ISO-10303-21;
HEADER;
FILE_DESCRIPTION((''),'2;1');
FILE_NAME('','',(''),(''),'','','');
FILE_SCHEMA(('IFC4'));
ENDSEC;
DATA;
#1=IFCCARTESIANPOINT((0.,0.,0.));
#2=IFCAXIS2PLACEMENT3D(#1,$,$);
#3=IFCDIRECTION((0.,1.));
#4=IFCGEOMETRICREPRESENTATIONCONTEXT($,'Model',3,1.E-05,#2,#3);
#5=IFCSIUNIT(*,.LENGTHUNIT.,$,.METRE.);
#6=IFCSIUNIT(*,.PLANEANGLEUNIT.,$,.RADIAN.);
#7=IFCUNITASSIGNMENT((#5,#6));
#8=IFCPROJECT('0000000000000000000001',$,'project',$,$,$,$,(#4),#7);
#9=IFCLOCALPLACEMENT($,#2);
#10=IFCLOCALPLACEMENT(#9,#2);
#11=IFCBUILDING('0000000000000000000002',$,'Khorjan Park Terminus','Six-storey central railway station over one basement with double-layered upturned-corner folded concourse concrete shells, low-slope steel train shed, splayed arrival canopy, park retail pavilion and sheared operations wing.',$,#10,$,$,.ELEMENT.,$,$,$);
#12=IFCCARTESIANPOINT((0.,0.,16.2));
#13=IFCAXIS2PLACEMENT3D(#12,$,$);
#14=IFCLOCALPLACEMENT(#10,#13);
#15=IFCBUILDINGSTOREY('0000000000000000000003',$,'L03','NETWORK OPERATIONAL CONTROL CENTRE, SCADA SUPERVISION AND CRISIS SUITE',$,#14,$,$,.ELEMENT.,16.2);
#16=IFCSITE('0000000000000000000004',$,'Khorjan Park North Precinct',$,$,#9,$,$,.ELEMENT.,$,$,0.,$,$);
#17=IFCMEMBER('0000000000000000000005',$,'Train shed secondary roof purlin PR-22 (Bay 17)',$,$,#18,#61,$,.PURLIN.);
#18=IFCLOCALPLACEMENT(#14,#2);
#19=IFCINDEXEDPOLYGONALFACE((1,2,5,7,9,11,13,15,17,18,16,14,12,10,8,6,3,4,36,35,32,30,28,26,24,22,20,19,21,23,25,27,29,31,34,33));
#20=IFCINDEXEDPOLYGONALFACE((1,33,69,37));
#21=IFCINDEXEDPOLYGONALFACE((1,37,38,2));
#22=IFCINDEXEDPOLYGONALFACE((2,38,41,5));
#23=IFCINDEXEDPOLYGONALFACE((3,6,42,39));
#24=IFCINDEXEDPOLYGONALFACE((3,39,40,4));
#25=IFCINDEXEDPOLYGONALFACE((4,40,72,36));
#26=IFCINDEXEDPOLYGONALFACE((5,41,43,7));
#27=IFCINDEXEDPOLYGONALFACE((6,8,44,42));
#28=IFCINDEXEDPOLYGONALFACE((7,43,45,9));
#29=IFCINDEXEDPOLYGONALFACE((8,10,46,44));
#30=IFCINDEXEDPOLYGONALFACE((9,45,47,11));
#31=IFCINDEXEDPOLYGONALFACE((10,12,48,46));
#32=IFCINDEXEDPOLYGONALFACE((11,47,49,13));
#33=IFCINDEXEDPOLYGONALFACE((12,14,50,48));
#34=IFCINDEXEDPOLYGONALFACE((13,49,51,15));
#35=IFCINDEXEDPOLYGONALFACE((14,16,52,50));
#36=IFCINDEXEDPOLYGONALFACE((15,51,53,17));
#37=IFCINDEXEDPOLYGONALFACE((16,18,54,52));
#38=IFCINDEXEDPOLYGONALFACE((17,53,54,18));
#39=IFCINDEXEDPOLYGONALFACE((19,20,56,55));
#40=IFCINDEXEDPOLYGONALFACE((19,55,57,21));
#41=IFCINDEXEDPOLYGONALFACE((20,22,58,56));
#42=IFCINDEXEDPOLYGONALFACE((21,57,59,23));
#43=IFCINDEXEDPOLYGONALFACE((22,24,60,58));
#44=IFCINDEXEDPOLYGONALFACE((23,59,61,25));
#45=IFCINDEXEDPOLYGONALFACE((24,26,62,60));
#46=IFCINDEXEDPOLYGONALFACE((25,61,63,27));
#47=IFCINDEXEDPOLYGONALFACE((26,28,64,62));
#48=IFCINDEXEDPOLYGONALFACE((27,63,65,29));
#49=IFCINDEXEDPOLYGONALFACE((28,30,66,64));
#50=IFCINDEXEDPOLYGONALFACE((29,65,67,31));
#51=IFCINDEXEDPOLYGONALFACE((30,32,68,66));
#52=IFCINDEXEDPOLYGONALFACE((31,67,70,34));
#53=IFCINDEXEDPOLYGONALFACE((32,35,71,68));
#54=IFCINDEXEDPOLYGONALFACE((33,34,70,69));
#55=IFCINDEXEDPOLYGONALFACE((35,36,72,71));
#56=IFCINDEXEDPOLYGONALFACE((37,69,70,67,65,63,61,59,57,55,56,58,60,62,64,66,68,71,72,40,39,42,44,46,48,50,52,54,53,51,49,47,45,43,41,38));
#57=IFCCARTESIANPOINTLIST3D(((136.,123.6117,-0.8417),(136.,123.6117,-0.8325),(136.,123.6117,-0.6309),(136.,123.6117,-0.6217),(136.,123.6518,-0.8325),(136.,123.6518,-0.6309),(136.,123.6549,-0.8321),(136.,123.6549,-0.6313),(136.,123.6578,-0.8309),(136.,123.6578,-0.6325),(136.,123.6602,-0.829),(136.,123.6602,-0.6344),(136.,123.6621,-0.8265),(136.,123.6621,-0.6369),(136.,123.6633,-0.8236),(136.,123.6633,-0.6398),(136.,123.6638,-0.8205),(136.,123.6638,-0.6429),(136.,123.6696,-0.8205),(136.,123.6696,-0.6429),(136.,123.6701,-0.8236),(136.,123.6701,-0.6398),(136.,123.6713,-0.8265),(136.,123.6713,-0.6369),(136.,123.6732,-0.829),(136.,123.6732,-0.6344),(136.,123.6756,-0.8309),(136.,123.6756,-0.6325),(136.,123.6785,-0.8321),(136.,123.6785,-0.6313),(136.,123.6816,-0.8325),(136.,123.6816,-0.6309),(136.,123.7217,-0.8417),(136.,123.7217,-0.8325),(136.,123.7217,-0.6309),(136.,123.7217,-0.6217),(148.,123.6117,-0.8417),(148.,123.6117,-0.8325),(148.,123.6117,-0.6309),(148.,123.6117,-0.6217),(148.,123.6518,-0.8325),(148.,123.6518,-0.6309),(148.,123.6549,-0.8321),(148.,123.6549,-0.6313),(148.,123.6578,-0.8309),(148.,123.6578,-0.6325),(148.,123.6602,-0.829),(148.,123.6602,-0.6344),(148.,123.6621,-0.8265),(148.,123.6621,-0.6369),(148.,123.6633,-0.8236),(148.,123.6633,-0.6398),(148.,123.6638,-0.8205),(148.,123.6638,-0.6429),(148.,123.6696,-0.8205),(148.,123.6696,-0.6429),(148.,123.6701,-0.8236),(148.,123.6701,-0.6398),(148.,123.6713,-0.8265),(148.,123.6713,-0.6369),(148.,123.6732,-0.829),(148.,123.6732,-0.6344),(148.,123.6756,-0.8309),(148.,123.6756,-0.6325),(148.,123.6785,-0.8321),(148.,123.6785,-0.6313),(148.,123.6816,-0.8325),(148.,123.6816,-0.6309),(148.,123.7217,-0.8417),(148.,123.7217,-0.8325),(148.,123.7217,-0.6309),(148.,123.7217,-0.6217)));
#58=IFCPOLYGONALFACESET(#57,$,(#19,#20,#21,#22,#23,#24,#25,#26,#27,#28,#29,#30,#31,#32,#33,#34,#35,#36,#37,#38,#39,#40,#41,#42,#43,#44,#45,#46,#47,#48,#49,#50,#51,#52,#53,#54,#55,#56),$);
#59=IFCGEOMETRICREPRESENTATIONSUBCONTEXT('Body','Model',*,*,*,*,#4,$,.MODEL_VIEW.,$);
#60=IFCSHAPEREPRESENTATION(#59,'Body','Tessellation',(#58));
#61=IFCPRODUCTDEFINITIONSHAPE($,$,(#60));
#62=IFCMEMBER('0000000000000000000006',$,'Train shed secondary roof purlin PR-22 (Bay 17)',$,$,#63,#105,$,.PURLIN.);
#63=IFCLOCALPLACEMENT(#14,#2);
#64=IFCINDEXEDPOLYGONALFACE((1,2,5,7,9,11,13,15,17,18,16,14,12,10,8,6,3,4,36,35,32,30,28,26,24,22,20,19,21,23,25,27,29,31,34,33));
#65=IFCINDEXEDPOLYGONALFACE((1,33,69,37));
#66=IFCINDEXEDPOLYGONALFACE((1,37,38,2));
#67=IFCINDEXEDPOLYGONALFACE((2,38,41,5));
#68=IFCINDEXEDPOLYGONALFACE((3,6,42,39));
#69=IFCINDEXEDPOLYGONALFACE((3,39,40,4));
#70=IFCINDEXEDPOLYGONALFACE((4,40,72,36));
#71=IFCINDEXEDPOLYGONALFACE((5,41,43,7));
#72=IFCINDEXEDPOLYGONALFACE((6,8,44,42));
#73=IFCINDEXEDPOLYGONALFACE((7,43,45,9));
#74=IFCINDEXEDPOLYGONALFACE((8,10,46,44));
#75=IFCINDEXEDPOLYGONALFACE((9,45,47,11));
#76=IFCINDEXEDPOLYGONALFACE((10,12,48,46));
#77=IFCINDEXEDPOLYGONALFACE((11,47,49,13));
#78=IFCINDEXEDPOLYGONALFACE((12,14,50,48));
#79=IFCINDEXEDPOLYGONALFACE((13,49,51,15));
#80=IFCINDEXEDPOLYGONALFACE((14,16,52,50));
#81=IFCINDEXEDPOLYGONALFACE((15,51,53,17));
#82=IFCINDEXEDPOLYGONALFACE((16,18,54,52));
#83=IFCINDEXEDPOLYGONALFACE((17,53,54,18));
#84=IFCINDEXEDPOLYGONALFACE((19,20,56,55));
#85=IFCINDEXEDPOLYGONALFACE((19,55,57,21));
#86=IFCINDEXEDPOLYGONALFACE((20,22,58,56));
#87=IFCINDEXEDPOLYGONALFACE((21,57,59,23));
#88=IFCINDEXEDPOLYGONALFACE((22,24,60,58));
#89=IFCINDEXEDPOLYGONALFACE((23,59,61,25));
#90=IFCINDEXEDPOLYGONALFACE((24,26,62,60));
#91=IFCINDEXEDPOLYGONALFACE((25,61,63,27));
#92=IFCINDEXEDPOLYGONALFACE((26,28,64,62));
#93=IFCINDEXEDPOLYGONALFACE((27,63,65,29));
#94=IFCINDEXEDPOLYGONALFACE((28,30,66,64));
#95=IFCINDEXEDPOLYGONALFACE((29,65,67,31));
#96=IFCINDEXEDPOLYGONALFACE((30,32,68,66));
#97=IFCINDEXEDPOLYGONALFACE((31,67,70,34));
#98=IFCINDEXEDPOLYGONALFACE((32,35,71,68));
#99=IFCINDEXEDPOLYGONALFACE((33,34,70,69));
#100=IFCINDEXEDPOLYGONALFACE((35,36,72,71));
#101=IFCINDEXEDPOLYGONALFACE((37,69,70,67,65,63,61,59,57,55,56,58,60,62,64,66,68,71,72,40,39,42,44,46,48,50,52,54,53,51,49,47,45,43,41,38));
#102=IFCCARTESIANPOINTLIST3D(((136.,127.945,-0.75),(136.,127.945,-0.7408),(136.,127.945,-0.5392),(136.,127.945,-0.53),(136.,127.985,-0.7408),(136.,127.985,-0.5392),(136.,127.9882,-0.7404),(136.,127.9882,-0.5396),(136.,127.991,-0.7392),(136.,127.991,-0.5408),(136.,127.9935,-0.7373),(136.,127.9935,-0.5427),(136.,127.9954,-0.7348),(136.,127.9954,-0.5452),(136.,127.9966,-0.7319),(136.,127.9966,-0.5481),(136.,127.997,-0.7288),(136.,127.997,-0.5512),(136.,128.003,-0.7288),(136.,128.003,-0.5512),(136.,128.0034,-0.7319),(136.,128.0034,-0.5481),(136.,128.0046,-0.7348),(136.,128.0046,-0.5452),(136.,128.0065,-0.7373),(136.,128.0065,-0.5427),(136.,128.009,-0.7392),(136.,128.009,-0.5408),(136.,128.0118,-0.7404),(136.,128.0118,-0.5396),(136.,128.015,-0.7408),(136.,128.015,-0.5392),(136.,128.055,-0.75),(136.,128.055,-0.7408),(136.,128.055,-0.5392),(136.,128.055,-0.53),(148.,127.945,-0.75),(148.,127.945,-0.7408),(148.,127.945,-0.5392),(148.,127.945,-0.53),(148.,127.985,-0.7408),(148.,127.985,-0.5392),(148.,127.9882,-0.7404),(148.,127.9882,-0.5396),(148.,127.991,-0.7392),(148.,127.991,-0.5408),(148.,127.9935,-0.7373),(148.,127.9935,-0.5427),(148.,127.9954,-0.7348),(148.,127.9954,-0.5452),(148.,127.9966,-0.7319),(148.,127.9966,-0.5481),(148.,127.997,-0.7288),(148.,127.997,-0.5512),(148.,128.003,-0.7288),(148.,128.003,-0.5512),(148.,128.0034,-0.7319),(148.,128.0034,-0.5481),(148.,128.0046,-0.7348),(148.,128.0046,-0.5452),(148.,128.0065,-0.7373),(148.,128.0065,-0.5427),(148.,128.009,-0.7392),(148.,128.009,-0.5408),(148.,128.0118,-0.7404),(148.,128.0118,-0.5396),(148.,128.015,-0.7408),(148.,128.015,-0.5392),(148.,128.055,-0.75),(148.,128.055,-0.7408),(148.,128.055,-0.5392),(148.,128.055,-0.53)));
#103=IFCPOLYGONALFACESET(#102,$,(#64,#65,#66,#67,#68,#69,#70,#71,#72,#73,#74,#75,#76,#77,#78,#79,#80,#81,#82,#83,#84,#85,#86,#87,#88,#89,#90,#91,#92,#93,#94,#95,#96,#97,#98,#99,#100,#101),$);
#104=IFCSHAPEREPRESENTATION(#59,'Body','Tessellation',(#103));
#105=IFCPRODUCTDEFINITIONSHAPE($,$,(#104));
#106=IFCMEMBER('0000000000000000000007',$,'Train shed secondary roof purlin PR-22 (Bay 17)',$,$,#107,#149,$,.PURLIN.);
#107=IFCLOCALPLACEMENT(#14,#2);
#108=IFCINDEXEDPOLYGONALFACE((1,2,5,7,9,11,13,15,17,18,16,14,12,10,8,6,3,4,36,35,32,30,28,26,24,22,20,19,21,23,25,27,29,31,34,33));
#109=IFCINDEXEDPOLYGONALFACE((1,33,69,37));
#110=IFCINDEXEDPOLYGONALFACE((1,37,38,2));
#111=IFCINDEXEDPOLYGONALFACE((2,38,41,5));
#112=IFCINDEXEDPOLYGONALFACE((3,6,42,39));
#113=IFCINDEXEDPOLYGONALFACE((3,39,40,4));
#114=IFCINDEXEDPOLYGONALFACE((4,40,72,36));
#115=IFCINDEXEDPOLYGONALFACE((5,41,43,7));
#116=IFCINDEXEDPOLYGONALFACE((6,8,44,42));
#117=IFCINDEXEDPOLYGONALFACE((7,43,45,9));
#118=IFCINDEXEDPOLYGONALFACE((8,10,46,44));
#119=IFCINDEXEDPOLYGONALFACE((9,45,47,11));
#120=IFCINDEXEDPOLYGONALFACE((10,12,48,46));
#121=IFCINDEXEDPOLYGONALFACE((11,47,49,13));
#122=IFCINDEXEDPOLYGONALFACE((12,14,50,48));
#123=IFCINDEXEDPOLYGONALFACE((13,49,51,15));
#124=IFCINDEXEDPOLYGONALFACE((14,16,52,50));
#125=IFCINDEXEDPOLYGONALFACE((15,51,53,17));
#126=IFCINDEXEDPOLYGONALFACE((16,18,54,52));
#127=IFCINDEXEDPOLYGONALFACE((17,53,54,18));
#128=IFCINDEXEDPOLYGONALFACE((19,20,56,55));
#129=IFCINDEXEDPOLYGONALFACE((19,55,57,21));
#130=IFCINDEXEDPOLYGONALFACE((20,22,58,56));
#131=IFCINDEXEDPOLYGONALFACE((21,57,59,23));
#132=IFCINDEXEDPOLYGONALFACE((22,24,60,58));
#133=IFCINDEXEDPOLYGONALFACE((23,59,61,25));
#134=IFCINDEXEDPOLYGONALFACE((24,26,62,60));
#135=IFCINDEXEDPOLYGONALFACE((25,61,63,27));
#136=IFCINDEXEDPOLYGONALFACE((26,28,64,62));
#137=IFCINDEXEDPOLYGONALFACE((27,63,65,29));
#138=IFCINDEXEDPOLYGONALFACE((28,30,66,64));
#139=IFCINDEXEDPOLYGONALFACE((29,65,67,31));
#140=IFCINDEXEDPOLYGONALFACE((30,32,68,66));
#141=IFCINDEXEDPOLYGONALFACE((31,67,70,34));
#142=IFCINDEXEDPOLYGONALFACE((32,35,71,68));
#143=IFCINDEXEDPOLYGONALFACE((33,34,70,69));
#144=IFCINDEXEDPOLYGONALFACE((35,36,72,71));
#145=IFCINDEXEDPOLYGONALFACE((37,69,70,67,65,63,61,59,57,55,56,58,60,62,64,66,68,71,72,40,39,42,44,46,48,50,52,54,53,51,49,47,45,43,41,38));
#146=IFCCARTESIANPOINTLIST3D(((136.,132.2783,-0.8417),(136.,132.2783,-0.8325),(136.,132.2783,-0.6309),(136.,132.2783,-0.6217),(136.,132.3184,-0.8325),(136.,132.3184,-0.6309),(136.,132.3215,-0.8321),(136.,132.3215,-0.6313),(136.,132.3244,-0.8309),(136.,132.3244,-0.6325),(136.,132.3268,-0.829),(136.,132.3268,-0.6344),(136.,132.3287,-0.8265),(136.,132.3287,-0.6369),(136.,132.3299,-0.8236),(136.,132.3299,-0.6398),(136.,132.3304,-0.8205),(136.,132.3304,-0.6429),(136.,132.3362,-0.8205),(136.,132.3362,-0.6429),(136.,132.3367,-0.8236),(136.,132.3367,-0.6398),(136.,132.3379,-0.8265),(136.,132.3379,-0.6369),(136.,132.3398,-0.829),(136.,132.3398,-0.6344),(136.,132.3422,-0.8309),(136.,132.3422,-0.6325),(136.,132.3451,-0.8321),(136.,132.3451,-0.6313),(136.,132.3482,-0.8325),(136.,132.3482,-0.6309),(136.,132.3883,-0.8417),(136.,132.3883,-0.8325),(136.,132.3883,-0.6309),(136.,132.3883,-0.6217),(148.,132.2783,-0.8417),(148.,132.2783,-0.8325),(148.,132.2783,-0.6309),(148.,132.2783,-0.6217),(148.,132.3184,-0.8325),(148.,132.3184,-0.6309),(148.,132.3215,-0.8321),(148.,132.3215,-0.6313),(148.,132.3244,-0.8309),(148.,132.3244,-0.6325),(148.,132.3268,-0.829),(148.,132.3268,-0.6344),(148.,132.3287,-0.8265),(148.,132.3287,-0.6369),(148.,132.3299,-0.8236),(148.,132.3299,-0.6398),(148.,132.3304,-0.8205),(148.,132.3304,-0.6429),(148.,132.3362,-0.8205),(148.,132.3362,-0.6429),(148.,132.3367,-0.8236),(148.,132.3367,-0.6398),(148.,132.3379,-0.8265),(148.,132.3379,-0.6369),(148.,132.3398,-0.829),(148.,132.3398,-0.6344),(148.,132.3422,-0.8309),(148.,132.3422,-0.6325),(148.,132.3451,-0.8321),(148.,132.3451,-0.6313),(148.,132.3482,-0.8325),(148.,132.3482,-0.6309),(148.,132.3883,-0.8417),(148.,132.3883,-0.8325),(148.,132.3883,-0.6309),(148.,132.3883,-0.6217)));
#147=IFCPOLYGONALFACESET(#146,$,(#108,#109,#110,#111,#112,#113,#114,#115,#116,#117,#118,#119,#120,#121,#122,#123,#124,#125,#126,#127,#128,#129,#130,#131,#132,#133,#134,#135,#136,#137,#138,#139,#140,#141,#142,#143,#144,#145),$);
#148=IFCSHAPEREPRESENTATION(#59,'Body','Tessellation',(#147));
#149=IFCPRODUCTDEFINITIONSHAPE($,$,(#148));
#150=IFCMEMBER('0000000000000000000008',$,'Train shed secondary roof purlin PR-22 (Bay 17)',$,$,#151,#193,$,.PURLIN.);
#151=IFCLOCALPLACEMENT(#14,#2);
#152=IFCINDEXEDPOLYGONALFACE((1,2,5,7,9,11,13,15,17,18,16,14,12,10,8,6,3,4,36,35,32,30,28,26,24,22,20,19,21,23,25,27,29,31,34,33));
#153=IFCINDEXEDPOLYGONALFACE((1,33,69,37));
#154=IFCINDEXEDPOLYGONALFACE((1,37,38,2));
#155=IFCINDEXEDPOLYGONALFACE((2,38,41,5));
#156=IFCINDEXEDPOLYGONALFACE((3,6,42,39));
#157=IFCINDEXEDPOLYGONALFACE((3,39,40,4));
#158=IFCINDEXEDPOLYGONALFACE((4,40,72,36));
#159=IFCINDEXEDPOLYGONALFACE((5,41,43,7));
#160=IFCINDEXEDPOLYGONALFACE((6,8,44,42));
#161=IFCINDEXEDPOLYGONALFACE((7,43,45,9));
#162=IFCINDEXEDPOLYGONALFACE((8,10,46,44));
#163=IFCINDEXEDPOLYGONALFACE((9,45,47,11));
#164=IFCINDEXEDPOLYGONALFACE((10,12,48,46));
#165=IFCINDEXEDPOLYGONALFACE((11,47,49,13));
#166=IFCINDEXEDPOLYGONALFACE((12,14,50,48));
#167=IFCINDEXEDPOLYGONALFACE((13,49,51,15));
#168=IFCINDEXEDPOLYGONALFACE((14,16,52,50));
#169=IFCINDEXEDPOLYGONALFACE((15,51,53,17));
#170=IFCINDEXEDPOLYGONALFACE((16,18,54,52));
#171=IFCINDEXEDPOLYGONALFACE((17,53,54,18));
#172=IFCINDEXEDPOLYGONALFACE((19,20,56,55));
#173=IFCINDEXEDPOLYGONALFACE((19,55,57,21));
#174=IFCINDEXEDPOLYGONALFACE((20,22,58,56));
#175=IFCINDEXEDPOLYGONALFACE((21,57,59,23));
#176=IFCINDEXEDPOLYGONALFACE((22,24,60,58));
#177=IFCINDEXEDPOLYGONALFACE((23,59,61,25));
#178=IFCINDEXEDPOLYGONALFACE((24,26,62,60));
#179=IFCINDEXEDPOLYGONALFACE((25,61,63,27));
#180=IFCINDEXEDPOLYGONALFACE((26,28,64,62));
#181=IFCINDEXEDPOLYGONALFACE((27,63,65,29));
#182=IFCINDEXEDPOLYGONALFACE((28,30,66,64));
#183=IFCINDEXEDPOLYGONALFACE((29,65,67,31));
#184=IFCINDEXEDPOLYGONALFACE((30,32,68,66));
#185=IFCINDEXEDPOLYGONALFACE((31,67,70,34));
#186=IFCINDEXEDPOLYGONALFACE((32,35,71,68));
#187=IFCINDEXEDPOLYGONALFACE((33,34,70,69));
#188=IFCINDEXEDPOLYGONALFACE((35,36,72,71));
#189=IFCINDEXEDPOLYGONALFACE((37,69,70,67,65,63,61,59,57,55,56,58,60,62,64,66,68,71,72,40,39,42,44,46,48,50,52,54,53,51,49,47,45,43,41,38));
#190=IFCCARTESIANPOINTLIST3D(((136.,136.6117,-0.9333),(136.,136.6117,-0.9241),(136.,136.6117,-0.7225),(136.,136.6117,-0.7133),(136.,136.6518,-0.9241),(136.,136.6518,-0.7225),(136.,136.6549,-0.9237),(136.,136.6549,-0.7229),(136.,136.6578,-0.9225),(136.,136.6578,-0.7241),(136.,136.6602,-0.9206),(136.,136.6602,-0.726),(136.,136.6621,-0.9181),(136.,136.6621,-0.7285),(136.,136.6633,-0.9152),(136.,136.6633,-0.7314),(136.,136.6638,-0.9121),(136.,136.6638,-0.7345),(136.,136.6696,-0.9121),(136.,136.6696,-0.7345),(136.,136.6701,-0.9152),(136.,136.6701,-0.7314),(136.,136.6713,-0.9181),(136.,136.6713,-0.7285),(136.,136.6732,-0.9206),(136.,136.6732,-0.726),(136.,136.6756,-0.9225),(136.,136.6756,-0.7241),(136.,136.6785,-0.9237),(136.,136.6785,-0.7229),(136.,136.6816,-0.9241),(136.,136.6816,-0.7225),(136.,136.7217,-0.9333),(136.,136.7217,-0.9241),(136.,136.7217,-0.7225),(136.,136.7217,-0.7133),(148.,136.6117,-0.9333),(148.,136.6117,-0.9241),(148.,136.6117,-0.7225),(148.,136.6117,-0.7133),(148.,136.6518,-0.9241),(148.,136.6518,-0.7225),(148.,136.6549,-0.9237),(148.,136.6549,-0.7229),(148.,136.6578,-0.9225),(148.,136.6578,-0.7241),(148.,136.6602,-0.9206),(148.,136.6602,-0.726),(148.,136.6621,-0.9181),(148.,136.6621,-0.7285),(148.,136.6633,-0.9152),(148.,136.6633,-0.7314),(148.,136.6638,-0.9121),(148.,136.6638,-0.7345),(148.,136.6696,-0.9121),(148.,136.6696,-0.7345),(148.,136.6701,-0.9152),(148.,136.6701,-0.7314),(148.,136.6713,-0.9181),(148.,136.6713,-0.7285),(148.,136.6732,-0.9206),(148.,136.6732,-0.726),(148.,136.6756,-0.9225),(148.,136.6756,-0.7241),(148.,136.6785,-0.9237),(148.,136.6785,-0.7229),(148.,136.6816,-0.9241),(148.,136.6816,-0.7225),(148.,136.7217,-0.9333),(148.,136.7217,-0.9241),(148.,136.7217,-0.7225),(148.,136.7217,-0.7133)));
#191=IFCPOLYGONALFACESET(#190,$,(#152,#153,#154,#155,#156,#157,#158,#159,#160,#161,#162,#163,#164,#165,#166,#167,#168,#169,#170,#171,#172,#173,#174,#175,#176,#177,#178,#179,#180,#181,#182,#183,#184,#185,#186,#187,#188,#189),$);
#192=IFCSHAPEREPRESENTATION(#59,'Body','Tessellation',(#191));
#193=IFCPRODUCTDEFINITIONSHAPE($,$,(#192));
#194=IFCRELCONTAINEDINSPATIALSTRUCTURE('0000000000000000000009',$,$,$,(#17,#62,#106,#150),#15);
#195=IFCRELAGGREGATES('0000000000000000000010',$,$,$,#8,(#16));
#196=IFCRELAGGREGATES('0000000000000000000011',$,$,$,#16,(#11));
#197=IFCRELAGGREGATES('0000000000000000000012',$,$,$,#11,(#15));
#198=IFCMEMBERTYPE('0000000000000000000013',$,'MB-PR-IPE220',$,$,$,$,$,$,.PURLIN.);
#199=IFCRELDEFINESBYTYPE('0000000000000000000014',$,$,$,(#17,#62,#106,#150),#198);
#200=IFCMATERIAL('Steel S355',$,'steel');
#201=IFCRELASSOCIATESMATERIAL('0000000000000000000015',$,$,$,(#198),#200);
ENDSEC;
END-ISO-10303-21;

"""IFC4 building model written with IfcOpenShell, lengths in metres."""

from ifc_helpers import new_model, si_unit, direction, frame, origin, origin_2d, place, context, subcontext, project, spatial, i_section, extrude, material, material_profile, profile_set, type_object, element, save


model = new_model("IFC4")

# Units and contexts
model_context = context("Model", 3, precision=1e-05, world=origin(), true_north=direction((0.0, 1.0)))
body_context = subcontext(model_context, "Body", "Model", "MODEL_VIEW")
ifc_project = project(units=[si_unit("LENGTHUNIT", "METRE"), si_unit("PLANEANGLEUNIT", "RADIAN")], contexts=[model_context])

# Site, building, storey
site_placement = place(None, origin())
site = spatial("IfcSite", under=ifc_project, at=site_placement, Name="Khorjan Park North Precinct", CompositionType="ELEMENT", RefElevation=0.0)
building_placement = place(site_placement, origin())
building = spatial("IfcBuilding", under=site, at=building_placement, Name="Khorjan Park Terminus", Description="Six-storey central railway station over one basement with double-layered upturned-corner folded concourse concrete shells, low-slope steel train shed, splayed arrival canopy, park retail pavilion and sheared operations wing.", CompositionType="ELEMENT")
storey_placement = place(building_placement, frame((0.0, 0.0, 16.2)))
storey = spatial("IfcBuildingStorey", under=building, at=storey_placement, Name="L03", Description="NETWORK OPERATIONAL CONTROL CENTRE, SCADA SUPERVISION AND CRISIS SUITE", CompositionType="ELEMENT", Elevation=16.2)

# Members
ifc_material = material(Name="Steel S355", Category="steel")
ifc_material_profile_1 = material_profile(ifc_material, i_section(OverallWidth=0.11, OverallDepth=0.22, WebThickness=0.0059, FlangeThickness=0.0092, FilletRadius=0.012, at=origin_2d()), Name="IPE 220")
ifc_profile_set_1 = profile_set([ifc_material_profile_1], Name="Steel S355")
member_type_1 = type_object("IfcMemberType", Name="MB-PR-IPE220", PredefinedType="PURLIN", material=ifc_profile_set_1)
for number, where, z_axis, x_axis, name in (
    (1, (136.0, 123.6667, -0.7317), (1.0, 0.0, 0.0), (0.0, 1.0, 0.0), "Train shed secondary roof purlin PR-22 (Bay 17)"),
    (2, (136.0, 128.0, -0.64), (1.0, 0.0, 0.0), (0.0, 1.0, 0.0), "Train shed secondary roof purlin PR-22 (Bay 17)"),
    (3, (136.0, 132.3333, -0.7317), (1.0, 0.0, 0.0), (0.0, 1.0, 0.0), "Train shed secondary roof purlin PR-22 (Bay 17)"),
    (4, (136.0, 136.6667, -0.8233), (1.0, 0.0, 0.0), (0.0, 1.0, 0.0), "Train shed secondary roof purlin PR-22 (Bay 17)"),
):
    element("IfcMember", number, at=place(storey_placement, frame(where, z_axis=z_axis, x_axis=x_axis)), inside=storey, type_object=member_type_1, Name=name, PredefinedType="PURLIN", context=body_context, shape_type="SweptSolid", body=[
        extrude(i_section(OverallWidth=0.11, OverallDepth=0.22, WebThickness=0.0059, FlangeThickness=0.0092, FilletRadius=0.012, at=origin_2d()), origin(), (0.0, 0.0, 1.0), 12.0),
    ])

save(model, "model.ifc")
